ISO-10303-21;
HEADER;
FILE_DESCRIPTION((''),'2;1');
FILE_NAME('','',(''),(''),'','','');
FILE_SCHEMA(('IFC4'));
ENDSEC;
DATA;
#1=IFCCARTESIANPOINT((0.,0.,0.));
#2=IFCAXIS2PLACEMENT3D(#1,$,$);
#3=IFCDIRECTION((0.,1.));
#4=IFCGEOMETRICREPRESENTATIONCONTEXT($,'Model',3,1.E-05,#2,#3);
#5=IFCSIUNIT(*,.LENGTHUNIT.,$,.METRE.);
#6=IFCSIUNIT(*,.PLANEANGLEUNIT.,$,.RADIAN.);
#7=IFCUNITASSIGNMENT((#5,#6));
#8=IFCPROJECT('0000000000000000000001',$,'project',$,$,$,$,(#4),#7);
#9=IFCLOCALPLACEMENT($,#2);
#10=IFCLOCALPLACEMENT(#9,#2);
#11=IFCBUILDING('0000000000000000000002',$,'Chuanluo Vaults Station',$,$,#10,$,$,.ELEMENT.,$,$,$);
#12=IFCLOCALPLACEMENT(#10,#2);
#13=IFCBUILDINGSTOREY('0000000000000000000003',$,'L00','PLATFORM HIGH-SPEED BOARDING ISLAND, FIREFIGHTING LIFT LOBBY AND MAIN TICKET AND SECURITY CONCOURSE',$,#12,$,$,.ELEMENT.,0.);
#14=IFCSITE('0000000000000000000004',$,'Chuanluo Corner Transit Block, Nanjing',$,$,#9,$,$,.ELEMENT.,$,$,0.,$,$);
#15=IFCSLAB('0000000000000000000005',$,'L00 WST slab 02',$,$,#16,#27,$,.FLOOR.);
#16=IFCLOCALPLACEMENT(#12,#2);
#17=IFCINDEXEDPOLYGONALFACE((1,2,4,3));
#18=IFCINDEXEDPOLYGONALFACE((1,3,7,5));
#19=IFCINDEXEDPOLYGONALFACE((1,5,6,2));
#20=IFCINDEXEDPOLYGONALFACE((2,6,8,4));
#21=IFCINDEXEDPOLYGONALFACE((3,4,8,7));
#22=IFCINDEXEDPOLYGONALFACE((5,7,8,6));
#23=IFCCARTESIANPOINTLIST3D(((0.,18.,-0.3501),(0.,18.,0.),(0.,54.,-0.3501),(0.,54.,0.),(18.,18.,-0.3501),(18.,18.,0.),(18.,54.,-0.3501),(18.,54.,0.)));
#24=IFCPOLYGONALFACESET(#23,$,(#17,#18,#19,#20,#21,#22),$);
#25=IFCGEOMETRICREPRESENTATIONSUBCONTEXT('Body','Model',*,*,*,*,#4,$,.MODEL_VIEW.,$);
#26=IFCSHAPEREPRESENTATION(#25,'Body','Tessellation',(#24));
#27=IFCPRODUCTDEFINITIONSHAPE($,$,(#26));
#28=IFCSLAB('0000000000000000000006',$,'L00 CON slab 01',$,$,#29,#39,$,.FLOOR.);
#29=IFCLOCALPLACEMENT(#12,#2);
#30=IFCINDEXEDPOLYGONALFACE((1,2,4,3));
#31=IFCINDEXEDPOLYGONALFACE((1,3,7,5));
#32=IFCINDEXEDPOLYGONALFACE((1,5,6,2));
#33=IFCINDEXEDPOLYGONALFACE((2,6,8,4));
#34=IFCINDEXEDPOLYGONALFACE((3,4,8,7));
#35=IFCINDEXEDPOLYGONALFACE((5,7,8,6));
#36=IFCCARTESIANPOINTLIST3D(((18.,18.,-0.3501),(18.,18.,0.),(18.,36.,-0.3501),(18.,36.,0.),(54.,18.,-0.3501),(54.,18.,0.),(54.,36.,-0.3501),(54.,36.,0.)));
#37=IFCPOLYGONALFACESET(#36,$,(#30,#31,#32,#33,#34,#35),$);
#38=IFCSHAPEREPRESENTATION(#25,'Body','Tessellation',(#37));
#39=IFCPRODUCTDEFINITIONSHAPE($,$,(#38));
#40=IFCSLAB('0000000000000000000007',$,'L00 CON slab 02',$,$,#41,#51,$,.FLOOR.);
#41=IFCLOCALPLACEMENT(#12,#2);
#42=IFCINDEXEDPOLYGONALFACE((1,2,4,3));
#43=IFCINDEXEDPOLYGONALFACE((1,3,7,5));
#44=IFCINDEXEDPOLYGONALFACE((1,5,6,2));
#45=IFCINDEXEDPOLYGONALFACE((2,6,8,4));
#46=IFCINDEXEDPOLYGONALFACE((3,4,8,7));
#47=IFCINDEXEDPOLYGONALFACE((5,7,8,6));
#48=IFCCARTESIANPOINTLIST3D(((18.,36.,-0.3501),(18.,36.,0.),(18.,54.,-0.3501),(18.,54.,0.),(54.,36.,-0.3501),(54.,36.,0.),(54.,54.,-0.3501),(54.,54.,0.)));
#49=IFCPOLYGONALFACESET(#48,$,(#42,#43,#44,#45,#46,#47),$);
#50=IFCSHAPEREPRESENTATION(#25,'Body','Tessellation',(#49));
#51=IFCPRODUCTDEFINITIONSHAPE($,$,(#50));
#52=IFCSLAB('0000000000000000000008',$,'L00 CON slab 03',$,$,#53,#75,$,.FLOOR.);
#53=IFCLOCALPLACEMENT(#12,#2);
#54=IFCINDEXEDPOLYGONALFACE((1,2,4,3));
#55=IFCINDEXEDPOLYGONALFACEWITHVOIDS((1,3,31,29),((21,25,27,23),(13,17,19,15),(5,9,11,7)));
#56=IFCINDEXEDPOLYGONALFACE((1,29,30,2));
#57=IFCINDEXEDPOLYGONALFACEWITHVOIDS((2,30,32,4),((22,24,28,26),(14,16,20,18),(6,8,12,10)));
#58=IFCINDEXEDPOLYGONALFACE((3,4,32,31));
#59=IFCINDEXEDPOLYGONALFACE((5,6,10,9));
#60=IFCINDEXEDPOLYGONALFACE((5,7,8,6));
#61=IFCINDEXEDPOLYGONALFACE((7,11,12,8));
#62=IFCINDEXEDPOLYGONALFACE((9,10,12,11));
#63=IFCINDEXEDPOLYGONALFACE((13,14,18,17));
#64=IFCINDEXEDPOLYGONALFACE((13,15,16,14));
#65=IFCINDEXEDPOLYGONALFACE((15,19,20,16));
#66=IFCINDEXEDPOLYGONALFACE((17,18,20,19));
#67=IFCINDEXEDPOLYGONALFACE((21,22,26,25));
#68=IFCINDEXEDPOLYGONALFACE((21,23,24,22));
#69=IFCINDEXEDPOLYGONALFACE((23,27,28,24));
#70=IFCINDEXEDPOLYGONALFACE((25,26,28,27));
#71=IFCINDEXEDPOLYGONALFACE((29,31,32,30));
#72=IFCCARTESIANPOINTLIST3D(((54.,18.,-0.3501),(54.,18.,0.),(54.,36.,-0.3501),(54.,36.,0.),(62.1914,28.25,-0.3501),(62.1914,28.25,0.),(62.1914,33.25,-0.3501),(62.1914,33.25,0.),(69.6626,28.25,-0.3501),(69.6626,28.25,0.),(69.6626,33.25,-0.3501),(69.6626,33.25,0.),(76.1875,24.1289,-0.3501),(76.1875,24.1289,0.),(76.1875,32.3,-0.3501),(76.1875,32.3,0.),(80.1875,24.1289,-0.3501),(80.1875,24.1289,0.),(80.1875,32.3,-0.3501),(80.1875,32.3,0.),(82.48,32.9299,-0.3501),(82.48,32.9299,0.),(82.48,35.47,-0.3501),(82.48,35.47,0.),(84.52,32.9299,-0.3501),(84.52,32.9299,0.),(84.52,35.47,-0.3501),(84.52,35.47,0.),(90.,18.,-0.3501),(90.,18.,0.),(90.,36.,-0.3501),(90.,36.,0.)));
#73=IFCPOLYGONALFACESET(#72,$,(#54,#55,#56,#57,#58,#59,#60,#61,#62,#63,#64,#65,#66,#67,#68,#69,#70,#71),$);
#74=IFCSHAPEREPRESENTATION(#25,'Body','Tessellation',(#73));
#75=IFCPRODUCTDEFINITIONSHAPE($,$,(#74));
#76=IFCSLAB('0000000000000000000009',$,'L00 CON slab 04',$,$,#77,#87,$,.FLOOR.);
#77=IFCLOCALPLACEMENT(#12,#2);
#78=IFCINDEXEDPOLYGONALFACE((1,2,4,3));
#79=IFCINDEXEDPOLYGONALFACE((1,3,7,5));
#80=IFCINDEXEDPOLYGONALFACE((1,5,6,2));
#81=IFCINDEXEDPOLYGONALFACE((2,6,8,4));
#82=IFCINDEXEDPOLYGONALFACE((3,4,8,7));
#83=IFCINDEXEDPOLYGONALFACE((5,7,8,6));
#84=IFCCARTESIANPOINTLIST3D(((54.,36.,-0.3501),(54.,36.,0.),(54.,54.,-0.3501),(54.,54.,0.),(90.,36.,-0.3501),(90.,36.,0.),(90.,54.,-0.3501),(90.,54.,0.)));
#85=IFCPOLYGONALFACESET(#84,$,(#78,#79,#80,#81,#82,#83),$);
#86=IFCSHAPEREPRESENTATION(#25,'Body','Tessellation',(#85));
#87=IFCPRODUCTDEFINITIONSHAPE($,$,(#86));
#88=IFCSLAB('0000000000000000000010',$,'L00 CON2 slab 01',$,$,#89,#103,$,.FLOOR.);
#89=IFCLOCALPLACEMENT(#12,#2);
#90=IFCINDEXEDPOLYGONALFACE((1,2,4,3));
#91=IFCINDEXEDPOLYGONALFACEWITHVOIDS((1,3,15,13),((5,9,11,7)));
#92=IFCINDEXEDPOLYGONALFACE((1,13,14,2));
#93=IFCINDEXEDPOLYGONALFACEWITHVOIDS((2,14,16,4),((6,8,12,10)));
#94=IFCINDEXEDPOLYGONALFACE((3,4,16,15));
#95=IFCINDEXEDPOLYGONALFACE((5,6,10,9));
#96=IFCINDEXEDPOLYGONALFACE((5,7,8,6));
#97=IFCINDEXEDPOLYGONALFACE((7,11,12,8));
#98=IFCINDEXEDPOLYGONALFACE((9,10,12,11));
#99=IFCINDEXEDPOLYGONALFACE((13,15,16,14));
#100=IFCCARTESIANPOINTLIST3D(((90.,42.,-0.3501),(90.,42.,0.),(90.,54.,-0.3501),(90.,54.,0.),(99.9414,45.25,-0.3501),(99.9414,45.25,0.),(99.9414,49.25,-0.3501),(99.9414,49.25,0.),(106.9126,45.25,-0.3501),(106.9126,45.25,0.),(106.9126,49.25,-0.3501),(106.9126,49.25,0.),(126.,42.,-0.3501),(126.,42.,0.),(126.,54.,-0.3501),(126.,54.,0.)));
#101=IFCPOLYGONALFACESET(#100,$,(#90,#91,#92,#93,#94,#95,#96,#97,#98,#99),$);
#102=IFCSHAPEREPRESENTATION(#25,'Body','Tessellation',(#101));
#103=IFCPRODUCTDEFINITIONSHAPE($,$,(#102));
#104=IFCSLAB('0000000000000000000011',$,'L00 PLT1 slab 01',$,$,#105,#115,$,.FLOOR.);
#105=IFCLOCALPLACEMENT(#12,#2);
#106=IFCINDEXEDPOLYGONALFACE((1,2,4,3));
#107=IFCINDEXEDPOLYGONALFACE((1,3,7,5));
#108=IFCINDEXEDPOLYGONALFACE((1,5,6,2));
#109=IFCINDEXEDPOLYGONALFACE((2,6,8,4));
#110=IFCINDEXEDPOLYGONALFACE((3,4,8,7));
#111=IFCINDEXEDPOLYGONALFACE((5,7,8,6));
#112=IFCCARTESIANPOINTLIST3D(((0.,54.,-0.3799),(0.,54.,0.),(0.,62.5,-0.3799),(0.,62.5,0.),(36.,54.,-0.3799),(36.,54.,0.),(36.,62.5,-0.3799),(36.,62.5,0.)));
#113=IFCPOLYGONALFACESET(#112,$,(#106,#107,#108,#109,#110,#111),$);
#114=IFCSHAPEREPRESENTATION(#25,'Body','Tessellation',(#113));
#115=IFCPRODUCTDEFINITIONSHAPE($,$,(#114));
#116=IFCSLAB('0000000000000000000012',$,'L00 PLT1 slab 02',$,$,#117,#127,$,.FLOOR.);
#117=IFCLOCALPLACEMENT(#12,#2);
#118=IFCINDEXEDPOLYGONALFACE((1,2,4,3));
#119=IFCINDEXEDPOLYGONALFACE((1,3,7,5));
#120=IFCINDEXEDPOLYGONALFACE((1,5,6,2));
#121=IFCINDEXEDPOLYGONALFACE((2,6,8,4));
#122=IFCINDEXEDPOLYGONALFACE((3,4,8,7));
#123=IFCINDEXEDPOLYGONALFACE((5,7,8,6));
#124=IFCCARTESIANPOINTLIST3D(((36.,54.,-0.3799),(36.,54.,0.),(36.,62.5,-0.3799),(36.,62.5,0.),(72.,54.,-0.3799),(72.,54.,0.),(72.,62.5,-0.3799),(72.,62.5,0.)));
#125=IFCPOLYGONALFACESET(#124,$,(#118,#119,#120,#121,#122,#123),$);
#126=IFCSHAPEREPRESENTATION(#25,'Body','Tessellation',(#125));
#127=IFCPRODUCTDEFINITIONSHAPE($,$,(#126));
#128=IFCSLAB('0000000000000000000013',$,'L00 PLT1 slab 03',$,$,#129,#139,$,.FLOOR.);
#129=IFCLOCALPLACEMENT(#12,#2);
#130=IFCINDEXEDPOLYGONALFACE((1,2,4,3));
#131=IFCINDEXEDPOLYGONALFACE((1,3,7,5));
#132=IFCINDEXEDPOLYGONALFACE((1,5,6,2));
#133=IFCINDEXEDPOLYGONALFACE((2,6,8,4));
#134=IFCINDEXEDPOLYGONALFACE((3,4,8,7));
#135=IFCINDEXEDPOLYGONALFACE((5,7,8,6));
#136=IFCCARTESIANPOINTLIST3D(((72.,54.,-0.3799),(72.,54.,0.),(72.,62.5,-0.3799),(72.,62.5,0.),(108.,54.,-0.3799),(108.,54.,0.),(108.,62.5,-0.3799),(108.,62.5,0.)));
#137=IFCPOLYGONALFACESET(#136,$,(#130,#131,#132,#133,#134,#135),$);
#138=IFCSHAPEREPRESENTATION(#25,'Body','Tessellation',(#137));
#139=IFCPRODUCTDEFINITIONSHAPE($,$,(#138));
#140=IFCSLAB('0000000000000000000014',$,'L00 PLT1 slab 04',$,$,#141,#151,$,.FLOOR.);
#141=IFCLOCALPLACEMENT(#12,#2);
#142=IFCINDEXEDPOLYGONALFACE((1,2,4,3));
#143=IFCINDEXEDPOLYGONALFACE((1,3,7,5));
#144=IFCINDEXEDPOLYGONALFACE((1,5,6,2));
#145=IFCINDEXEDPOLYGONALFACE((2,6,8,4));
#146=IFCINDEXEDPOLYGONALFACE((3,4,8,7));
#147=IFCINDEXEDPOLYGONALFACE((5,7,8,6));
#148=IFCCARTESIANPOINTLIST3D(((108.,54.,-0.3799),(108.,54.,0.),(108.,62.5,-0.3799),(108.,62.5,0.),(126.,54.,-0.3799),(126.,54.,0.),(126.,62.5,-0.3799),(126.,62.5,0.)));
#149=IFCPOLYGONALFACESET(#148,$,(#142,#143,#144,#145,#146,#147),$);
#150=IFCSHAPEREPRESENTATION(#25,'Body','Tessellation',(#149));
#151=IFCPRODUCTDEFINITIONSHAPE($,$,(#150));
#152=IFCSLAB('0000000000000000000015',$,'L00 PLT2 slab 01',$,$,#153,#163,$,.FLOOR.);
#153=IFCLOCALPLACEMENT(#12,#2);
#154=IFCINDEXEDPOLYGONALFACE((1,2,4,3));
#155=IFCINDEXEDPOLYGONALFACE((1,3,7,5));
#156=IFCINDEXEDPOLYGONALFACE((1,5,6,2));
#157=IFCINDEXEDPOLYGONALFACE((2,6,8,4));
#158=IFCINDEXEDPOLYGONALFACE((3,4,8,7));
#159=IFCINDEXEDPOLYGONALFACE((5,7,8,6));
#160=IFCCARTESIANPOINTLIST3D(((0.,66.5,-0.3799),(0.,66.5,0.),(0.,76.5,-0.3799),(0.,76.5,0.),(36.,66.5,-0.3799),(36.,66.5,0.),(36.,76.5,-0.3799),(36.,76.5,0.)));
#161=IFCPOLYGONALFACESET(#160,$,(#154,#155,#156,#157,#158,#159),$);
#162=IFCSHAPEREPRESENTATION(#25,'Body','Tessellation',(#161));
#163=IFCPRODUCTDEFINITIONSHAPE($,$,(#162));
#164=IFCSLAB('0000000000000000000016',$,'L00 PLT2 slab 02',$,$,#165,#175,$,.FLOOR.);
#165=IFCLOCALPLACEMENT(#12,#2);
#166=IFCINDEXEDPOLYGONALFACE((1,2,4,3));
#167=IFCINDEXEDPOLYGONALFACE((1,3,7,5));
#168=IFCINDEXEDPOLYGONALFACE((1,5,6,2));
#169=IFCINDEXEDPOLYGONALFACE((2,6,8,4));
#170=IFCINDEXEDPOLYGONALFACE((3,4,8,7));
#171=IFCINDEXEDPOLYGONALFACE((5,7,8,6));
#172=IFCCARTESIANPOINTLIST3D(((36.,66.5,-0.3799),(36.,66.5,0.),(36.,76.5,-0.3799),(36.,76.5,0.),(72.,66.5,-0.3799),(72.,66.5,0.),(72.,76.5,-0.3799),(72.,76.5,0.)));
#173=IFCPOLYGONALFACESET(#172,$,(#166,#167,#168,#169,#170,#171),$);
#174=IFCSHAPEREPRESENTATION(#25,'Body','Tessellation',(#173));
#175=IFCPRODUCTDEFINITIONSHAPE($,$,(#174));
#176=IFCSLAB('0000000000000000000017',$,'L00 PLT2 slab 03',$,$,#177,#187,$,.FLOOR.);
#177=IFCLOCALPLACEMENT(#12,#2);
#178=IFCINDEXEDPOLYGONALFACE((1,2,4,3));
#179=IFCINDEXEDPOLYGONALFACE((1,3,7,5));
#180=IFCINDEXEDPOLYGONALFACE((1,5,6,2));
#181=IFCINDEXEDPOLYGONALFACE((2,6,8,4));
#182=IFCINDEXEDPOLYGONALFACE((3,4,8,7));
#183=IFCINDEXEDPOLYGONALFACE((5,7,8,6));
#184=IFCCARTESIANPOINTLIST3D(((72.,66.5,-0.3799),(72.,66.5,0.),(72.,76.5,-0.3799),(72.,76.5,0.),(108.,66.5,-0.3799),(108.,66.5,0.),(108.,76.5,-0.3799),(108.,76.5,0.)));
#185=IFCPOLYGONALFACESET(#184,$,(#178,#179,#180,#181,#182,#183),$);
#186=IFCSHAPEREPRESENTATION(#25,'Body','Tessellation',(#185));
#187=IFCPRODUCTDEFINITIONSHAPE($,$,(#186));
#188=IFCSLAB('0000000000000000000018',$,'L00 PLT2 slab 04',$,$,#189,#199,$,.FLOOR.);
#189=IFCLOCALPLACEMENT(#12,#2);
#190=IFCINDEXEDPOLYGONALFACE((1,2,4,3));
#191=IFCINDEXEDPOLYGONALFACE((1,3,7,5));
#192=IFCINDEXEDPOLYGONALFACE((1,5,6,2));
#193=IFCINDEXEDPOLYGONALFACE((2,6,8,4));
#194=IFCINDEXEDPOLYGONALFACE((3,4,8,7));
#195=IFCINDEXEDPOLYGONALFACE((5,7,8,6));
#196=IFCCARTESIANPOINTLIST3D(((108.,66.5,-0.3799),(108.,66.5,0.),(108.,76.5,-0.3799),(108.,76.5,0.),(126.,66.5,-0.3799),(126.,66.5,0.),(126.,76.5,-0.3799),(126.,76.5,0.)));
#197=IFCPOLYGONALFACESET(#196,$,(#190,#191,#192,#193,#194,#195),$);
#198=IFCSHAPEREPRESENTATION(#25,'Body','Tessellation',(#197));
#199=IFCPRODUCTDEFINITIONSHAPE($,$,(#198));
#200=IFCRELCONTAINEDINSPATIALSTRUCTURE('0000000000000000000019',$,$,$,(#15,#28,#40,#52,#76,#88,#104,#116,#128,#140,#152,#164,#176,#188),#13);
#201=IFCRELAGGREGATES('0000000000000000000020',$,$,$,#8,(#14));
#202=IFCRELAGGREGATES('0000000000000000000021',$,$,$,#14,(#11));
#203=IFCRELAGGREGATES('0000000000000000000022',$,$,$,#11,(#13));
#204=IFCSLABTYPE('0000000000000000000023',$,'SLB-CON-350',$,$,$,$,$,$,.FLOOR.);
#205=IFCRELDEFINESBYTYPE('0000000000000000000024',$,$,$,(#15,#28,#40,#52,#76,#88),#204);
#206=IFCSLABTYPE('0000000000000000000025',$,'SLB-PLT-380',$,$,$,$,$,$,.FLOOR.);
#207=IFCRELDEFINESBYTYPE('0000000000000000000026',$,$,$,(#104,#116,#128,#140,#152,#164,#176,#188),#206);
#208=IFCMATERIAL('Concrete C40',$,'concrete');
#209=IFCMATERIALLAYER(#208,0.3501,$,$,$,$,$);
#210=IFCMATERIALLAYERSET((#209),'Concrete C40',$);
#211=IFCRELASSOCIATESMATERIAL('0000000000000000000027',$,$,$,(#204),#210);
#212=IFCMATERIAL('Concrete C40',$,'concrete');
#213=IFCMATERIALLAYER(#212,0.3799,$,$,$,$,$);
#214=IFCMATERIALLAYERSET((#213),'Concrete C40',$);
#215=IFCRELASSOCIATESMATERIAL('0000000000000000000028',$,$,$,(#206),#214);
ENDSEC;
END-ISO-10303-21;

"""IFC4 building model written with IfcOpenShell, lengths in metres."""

from ifc_helpers import new_model, si_unit, direction, frame, origin, place, context, subcontext, project, spatial, polyline, outline, extrude, material, layer, layer_set, type_object, element, save


model = new_model("IFC4")

# Units and contexts
model_context = context("Model", 3, precision=1e-05, world=origin(), true_north=direction((0.0, 1.0)))
body_context = subcontext(model_context, "Body", "Model", "MODEL_VIEW")
ifc_project = project(units=[si_unit("LENGTHUNIT", "METRE"), si_unit("PLANEANGLEUNIT", "RADIAN")], contexts=[model_context])

# Site, building, storey
site_placement = place(None, origin())
site = spatial("IfcSite", under=ifc_project, at=site_placement, Name="Chuanluo Corner Transit Block, Nanjing", CompositionType="ELEMENT", RefElevation=0.0)
building_placement = place(site_placement, origin())
building = spatial("IfcBuilding", under=site, at=building_placement, Name="Chuanluo Vaults Station", CompositionType="ELEMENT")
storey_placement = place(building_placement, origin())
storey = spatial("IfcBuildingStorey", under=building, at=storey_placement, Name="L00", Description="PLATFORM HIGH-SPEED BOARDING ISLAND, FIREFIGHTING LIFT LOBBY AND MAIN TICKET AND SECURITY CONCOURSE", CompositionType="ELEMENT", Elevation=0.0)

# Slabs
ifc_material_1 = material(Name="Concrete C40", Category="concrete")
ifc_layer_1 = layer(ifc_material_1, 0.3501)
ifc_layer_set_1 = layer_set([ifc_layer_1], Name="Concrete C40")
slab_type_1 = type_object("IfcSlabType", Name="SLB-CON-350", PredefinedType="FLOOR", material=ifc_layer_set_1)
slab_1_placement = place(storey_placement, frame((0.0, 0.0, -0.3501)))
element("IfcSlab", 1, at=slab_1_placement, inside=storey, type_object=slab_type_1, Name="L00 WST slab 02", PredefinedType="FLOOR", context=body_context, shape_type="SweptSolid", body=[
    extrude(outline(polyline([(0.0, 18.0), (18.0, 18.0), (18.0, 54.0), (0.0, 54.0), (0.0, 18.0)])), origin(), (0.0, 0.0, 1.0), 0.3501),
])
slab_2_placement = place(storey_placement, frame((0.0, 0.0, -0.3501)))
element("IfcSlab", 2, at=slab_2_placement, inside=storey, type_object=slab_type_1, Name="L00 CON slab 01", PredefinedType="FLOOR", context=body_context, shape_type="SweptSolid", body=[
    extrude(outline(polyline([(18.0, 18.0), (54.0, 18.0), (54.0, 36.0), (18.0, 36.0), (18.0, 18.0)])), origin(), (0.0, 0.0, 1.0), 0.3501),
])
slab_3_placement = place(storey_placement, frame((0.0, 0.0, -0.3501)))
element("IfcSlab", 3, at=slab_3_placement, inside=storey, type_object=slab_type_1, Name="L00 CON slab 02", PredefinedType="FLOOR", context=body_context, shape_type="SweptSolid", body=[
    extrude(outline(polyline([(18.0, 36.0), (54.0, 36.0), (54.0, 54.0), (18.0, 54.0), (18.0, 36.0)])), origin(), (0.0, 0.0, 1.0), 0.3501),
])
slab_4_placement = place(storey_placement, frame((0.0, 0.0, -0.3501)))
element("IfcSlab", 4, at=slab_4_placement, inside=storey, type_object=slab_type_1, Name="L00 CON slab 03", PredefinedType="FLOOR", context=body_context, shape_type="SweptSolid", body=[
    extrude(outline(polyline([(54.0, 18.0), (90.0, 18.0), (90.0, 36.0), (54.0, 36.0), (54.0, 18.0)]), holes=[polyline([(80.1875, 24.1289), (80.1875, 32.3), (76.1875, 32.3), (76.1875, 24.1289), (80.1875, 24.1289)]), polyline([(62.1914, 28.25), (69.6626, 28.25), (69.6626, 33.25), (62.1914, 33.25), (62.1914, 28.25)]), polyline([(82.48, 32.9299), (84.52, 32.9299), (84.52, 35.47), (82.48, 35.47), (82.48, 32.9299)])]), origin(), (0.0, 0.0, 1.0), 0.3501),
])
slab_5_placement = place(storey_placement, frame((0.0, 0.0, -0.3501)))
element("IfcSlab", 5, at=slab_5_placement, inside=storey, type_object=slab_type_1, Name="L00 CON slab 04", PredefinedType="FLOOR", context=body_context, shape_type="SweptSolid", body=[
    extrude(outline(polyline([(54.0, 36.0), (90.0, 36.0), (90.0, 54.0), (54.0, 54.0), (54.0, 36.0)])), origin(), (0.0, 0.0, 1.0), 0.3501),
])
slab_6_placement = place(storey_placement, frame((0.0, 0.0, -0.3501)))
element("IfcSlab", 6, at=slab_6_placement, inside=storey, type_object=slab_type_1, Name="L00 CON2 slab 01", PredefinedType="FLOOR", context=body_context, shape_type="SweptSolid", body=[
    extrude(outline(polyline([(90.0, 42.0), (126.0, 42.0), (126.0, 54.0), (90.0, 54.0), (90.0, 42.0)]), holes=[polyline([(99.9414, 45.25), (106.9126, 45.25), (106.9126, 49.25), (99.9414, 49.25), (99.9414, 45.25)])]), origin(), (0.0, 0.0, 1.0), 0.3501),
])
ifc_material_2 = material(Name="Concrete C40", Category="concrete")
ifc_layer_2 = layer(ifc_material_2, 0.3799)
ifc_layer_set_2 = layer_set([ifc_layer_2], Name="Concrete C40")
slab_type_2 = type_object("IfcSlabType", Name="SLB-PLT-380", PredefinedType="FLOOR", material=ifc_layer_set_2)
slab_7_placement = place(storey_placement, frame((0.0, 0.0, -0.3799)))
element("IfcSlab", 7, at=slab_7_placement, inside=storey, type_object=slab_type_2, Name="L00 PLT1 slab 01", PredefinedType="FLOOR", context=body_context, shape_type="SweptSolid", body=[
    extrude(outline(polyline([(0.0, 54.0), (36.0, 54.0), (36.0, 62.5), (0.0, 62.5), (0.0, 54.0)])), origin(), (0.0, 0.0, 1.0), 0.3799),
])
slab_8_placement = place(storey_placement, frame((0.0, 0.0, -0.3799)))
element("IfcSlab", 8, at=slab_8_placement, inside=storey, type_object=slab_type_2, Name="L00 PLT1 slab 02", PredefinedType="FLOOR", context=body_context, shape_type="SweptSolid", body=[
    extrude(outline(polyline([(36.0, 54.0), (72.0, 54.0), (72.0, 62.5), (36.0, 62.5), (36.0, 54.0)])), origin(), (0.0, 0.0, 1.0), 0.3799),
])
slab_9_placement = place(storey_placement, frame((0.0, 0.0, -0.3799)))
element("IfcSlab", 9, at=slab_9_placement, inside=storey, type_object=slab_type_2, Name="L00 PLT1 slab 03", PredefinedType="FLOOR", context=body_context, shape_type="SweptSolid", body=[
    extrude(outline(polyline([(72.0, 54.0), (108.0, 54.0), (108.0, 62.5), (72.0, 62.5), (72.0, 54.0)])), origin(), (0.0, 0.0, 1.0), 0.3799),
])
slab_10_placement = place(storey_placement, frame((0.0, 0.0, -0.3799)))
element("IfcSlab", 10, at=slab_10_placement, inside=storey, type_object=slab_type_2, Name="L00 PLT1 slab 04", PredefinedType="FLOOR", context=body_context, shape_type="SweptSolid", body=[
    extrude(outline(polyline([(108.0, 54.0), (126.0, 54.0), (126.0, 62.5), (108.0, 62.5), (108.0, 54.0)])), origin(), (0.0, 0.0, 1.0), 0.3799),
])
slab_11_placement = place(storey_placement, frame((0.0, 0.0, -0.3799)))
element("IfcSlab", 11, at=slab_11_placement, inside=storey, type_object=slab_type_2, Name="L00 PLT2 slab 01", PredefinedType="FLOOR", context=body_context, shape_type="SweptSolid", body=[
    extrude(outline(polyline([(0.0, 66.5), (36.0, 66.5), (36.0, 76.5), (0.0, 76.5), (0.0, 66.5)])), origin(), (0.0, 0.0, 1.0), 0.3799),
])
slab_12_placement = place(storey_placement, frame((0.0, 0.0, -0.3799)))
element("IfcSlab", 12, at=slab_12_placement, inside=storey, type_object=slab_type_2, Name="L00 PLT2 slab 02", PredefinedType="FLOOR", context=body_context, shape_type="SweptSolid", body=[
    extrude(outline(polyline([(36.0, 66.5), (72.0, 66.5), (72.0, 76.5), (36.0, 76.5), (36.0, 66.5)])), origin(), (0.0, 0.0, 1.0), 0.3799),
])
slab_13_placement = place(storey_placement, frame((0.0, 0.0, -0.3799)))
element("IfcSlab", 13, at=slab_13_placement, inside=storey, type_object=slab_type_2, Name="L00 PLT2 slab 03", PredefinedType="FLOOR", context=body_context, shape_type="SweptSolid", body=[
    extrude(outline(polyline([(72.0, 66.5), (108.0, 66.5), (108.0, 76.5), (72.0, 76.5), (72.0, 66.5)])), origin(), (0.0, 0.0, 1.0), 0.3799),
])
slab_14_placement = place(storey_placement, frame((0.0, 0.0, -0.3799)))
element("IfcSlab", 14, at=slab_14_placement, inside=storey, type_object=slab_type_2, Name="L00 PLT2 slab 04", PredefinedType="FLOOR", context=body_context, shape_type="SweptSolid", body=[
    extrude(outline(polyline([(108.0, 66.5), (126.0, 66.5), (126.0, 76.5), (108.0, 76.5), (108.0, 66.5)])), origin(), (0.0, 0.0, 1.0), 0.3799),
])

save(model, "model.ifc")
